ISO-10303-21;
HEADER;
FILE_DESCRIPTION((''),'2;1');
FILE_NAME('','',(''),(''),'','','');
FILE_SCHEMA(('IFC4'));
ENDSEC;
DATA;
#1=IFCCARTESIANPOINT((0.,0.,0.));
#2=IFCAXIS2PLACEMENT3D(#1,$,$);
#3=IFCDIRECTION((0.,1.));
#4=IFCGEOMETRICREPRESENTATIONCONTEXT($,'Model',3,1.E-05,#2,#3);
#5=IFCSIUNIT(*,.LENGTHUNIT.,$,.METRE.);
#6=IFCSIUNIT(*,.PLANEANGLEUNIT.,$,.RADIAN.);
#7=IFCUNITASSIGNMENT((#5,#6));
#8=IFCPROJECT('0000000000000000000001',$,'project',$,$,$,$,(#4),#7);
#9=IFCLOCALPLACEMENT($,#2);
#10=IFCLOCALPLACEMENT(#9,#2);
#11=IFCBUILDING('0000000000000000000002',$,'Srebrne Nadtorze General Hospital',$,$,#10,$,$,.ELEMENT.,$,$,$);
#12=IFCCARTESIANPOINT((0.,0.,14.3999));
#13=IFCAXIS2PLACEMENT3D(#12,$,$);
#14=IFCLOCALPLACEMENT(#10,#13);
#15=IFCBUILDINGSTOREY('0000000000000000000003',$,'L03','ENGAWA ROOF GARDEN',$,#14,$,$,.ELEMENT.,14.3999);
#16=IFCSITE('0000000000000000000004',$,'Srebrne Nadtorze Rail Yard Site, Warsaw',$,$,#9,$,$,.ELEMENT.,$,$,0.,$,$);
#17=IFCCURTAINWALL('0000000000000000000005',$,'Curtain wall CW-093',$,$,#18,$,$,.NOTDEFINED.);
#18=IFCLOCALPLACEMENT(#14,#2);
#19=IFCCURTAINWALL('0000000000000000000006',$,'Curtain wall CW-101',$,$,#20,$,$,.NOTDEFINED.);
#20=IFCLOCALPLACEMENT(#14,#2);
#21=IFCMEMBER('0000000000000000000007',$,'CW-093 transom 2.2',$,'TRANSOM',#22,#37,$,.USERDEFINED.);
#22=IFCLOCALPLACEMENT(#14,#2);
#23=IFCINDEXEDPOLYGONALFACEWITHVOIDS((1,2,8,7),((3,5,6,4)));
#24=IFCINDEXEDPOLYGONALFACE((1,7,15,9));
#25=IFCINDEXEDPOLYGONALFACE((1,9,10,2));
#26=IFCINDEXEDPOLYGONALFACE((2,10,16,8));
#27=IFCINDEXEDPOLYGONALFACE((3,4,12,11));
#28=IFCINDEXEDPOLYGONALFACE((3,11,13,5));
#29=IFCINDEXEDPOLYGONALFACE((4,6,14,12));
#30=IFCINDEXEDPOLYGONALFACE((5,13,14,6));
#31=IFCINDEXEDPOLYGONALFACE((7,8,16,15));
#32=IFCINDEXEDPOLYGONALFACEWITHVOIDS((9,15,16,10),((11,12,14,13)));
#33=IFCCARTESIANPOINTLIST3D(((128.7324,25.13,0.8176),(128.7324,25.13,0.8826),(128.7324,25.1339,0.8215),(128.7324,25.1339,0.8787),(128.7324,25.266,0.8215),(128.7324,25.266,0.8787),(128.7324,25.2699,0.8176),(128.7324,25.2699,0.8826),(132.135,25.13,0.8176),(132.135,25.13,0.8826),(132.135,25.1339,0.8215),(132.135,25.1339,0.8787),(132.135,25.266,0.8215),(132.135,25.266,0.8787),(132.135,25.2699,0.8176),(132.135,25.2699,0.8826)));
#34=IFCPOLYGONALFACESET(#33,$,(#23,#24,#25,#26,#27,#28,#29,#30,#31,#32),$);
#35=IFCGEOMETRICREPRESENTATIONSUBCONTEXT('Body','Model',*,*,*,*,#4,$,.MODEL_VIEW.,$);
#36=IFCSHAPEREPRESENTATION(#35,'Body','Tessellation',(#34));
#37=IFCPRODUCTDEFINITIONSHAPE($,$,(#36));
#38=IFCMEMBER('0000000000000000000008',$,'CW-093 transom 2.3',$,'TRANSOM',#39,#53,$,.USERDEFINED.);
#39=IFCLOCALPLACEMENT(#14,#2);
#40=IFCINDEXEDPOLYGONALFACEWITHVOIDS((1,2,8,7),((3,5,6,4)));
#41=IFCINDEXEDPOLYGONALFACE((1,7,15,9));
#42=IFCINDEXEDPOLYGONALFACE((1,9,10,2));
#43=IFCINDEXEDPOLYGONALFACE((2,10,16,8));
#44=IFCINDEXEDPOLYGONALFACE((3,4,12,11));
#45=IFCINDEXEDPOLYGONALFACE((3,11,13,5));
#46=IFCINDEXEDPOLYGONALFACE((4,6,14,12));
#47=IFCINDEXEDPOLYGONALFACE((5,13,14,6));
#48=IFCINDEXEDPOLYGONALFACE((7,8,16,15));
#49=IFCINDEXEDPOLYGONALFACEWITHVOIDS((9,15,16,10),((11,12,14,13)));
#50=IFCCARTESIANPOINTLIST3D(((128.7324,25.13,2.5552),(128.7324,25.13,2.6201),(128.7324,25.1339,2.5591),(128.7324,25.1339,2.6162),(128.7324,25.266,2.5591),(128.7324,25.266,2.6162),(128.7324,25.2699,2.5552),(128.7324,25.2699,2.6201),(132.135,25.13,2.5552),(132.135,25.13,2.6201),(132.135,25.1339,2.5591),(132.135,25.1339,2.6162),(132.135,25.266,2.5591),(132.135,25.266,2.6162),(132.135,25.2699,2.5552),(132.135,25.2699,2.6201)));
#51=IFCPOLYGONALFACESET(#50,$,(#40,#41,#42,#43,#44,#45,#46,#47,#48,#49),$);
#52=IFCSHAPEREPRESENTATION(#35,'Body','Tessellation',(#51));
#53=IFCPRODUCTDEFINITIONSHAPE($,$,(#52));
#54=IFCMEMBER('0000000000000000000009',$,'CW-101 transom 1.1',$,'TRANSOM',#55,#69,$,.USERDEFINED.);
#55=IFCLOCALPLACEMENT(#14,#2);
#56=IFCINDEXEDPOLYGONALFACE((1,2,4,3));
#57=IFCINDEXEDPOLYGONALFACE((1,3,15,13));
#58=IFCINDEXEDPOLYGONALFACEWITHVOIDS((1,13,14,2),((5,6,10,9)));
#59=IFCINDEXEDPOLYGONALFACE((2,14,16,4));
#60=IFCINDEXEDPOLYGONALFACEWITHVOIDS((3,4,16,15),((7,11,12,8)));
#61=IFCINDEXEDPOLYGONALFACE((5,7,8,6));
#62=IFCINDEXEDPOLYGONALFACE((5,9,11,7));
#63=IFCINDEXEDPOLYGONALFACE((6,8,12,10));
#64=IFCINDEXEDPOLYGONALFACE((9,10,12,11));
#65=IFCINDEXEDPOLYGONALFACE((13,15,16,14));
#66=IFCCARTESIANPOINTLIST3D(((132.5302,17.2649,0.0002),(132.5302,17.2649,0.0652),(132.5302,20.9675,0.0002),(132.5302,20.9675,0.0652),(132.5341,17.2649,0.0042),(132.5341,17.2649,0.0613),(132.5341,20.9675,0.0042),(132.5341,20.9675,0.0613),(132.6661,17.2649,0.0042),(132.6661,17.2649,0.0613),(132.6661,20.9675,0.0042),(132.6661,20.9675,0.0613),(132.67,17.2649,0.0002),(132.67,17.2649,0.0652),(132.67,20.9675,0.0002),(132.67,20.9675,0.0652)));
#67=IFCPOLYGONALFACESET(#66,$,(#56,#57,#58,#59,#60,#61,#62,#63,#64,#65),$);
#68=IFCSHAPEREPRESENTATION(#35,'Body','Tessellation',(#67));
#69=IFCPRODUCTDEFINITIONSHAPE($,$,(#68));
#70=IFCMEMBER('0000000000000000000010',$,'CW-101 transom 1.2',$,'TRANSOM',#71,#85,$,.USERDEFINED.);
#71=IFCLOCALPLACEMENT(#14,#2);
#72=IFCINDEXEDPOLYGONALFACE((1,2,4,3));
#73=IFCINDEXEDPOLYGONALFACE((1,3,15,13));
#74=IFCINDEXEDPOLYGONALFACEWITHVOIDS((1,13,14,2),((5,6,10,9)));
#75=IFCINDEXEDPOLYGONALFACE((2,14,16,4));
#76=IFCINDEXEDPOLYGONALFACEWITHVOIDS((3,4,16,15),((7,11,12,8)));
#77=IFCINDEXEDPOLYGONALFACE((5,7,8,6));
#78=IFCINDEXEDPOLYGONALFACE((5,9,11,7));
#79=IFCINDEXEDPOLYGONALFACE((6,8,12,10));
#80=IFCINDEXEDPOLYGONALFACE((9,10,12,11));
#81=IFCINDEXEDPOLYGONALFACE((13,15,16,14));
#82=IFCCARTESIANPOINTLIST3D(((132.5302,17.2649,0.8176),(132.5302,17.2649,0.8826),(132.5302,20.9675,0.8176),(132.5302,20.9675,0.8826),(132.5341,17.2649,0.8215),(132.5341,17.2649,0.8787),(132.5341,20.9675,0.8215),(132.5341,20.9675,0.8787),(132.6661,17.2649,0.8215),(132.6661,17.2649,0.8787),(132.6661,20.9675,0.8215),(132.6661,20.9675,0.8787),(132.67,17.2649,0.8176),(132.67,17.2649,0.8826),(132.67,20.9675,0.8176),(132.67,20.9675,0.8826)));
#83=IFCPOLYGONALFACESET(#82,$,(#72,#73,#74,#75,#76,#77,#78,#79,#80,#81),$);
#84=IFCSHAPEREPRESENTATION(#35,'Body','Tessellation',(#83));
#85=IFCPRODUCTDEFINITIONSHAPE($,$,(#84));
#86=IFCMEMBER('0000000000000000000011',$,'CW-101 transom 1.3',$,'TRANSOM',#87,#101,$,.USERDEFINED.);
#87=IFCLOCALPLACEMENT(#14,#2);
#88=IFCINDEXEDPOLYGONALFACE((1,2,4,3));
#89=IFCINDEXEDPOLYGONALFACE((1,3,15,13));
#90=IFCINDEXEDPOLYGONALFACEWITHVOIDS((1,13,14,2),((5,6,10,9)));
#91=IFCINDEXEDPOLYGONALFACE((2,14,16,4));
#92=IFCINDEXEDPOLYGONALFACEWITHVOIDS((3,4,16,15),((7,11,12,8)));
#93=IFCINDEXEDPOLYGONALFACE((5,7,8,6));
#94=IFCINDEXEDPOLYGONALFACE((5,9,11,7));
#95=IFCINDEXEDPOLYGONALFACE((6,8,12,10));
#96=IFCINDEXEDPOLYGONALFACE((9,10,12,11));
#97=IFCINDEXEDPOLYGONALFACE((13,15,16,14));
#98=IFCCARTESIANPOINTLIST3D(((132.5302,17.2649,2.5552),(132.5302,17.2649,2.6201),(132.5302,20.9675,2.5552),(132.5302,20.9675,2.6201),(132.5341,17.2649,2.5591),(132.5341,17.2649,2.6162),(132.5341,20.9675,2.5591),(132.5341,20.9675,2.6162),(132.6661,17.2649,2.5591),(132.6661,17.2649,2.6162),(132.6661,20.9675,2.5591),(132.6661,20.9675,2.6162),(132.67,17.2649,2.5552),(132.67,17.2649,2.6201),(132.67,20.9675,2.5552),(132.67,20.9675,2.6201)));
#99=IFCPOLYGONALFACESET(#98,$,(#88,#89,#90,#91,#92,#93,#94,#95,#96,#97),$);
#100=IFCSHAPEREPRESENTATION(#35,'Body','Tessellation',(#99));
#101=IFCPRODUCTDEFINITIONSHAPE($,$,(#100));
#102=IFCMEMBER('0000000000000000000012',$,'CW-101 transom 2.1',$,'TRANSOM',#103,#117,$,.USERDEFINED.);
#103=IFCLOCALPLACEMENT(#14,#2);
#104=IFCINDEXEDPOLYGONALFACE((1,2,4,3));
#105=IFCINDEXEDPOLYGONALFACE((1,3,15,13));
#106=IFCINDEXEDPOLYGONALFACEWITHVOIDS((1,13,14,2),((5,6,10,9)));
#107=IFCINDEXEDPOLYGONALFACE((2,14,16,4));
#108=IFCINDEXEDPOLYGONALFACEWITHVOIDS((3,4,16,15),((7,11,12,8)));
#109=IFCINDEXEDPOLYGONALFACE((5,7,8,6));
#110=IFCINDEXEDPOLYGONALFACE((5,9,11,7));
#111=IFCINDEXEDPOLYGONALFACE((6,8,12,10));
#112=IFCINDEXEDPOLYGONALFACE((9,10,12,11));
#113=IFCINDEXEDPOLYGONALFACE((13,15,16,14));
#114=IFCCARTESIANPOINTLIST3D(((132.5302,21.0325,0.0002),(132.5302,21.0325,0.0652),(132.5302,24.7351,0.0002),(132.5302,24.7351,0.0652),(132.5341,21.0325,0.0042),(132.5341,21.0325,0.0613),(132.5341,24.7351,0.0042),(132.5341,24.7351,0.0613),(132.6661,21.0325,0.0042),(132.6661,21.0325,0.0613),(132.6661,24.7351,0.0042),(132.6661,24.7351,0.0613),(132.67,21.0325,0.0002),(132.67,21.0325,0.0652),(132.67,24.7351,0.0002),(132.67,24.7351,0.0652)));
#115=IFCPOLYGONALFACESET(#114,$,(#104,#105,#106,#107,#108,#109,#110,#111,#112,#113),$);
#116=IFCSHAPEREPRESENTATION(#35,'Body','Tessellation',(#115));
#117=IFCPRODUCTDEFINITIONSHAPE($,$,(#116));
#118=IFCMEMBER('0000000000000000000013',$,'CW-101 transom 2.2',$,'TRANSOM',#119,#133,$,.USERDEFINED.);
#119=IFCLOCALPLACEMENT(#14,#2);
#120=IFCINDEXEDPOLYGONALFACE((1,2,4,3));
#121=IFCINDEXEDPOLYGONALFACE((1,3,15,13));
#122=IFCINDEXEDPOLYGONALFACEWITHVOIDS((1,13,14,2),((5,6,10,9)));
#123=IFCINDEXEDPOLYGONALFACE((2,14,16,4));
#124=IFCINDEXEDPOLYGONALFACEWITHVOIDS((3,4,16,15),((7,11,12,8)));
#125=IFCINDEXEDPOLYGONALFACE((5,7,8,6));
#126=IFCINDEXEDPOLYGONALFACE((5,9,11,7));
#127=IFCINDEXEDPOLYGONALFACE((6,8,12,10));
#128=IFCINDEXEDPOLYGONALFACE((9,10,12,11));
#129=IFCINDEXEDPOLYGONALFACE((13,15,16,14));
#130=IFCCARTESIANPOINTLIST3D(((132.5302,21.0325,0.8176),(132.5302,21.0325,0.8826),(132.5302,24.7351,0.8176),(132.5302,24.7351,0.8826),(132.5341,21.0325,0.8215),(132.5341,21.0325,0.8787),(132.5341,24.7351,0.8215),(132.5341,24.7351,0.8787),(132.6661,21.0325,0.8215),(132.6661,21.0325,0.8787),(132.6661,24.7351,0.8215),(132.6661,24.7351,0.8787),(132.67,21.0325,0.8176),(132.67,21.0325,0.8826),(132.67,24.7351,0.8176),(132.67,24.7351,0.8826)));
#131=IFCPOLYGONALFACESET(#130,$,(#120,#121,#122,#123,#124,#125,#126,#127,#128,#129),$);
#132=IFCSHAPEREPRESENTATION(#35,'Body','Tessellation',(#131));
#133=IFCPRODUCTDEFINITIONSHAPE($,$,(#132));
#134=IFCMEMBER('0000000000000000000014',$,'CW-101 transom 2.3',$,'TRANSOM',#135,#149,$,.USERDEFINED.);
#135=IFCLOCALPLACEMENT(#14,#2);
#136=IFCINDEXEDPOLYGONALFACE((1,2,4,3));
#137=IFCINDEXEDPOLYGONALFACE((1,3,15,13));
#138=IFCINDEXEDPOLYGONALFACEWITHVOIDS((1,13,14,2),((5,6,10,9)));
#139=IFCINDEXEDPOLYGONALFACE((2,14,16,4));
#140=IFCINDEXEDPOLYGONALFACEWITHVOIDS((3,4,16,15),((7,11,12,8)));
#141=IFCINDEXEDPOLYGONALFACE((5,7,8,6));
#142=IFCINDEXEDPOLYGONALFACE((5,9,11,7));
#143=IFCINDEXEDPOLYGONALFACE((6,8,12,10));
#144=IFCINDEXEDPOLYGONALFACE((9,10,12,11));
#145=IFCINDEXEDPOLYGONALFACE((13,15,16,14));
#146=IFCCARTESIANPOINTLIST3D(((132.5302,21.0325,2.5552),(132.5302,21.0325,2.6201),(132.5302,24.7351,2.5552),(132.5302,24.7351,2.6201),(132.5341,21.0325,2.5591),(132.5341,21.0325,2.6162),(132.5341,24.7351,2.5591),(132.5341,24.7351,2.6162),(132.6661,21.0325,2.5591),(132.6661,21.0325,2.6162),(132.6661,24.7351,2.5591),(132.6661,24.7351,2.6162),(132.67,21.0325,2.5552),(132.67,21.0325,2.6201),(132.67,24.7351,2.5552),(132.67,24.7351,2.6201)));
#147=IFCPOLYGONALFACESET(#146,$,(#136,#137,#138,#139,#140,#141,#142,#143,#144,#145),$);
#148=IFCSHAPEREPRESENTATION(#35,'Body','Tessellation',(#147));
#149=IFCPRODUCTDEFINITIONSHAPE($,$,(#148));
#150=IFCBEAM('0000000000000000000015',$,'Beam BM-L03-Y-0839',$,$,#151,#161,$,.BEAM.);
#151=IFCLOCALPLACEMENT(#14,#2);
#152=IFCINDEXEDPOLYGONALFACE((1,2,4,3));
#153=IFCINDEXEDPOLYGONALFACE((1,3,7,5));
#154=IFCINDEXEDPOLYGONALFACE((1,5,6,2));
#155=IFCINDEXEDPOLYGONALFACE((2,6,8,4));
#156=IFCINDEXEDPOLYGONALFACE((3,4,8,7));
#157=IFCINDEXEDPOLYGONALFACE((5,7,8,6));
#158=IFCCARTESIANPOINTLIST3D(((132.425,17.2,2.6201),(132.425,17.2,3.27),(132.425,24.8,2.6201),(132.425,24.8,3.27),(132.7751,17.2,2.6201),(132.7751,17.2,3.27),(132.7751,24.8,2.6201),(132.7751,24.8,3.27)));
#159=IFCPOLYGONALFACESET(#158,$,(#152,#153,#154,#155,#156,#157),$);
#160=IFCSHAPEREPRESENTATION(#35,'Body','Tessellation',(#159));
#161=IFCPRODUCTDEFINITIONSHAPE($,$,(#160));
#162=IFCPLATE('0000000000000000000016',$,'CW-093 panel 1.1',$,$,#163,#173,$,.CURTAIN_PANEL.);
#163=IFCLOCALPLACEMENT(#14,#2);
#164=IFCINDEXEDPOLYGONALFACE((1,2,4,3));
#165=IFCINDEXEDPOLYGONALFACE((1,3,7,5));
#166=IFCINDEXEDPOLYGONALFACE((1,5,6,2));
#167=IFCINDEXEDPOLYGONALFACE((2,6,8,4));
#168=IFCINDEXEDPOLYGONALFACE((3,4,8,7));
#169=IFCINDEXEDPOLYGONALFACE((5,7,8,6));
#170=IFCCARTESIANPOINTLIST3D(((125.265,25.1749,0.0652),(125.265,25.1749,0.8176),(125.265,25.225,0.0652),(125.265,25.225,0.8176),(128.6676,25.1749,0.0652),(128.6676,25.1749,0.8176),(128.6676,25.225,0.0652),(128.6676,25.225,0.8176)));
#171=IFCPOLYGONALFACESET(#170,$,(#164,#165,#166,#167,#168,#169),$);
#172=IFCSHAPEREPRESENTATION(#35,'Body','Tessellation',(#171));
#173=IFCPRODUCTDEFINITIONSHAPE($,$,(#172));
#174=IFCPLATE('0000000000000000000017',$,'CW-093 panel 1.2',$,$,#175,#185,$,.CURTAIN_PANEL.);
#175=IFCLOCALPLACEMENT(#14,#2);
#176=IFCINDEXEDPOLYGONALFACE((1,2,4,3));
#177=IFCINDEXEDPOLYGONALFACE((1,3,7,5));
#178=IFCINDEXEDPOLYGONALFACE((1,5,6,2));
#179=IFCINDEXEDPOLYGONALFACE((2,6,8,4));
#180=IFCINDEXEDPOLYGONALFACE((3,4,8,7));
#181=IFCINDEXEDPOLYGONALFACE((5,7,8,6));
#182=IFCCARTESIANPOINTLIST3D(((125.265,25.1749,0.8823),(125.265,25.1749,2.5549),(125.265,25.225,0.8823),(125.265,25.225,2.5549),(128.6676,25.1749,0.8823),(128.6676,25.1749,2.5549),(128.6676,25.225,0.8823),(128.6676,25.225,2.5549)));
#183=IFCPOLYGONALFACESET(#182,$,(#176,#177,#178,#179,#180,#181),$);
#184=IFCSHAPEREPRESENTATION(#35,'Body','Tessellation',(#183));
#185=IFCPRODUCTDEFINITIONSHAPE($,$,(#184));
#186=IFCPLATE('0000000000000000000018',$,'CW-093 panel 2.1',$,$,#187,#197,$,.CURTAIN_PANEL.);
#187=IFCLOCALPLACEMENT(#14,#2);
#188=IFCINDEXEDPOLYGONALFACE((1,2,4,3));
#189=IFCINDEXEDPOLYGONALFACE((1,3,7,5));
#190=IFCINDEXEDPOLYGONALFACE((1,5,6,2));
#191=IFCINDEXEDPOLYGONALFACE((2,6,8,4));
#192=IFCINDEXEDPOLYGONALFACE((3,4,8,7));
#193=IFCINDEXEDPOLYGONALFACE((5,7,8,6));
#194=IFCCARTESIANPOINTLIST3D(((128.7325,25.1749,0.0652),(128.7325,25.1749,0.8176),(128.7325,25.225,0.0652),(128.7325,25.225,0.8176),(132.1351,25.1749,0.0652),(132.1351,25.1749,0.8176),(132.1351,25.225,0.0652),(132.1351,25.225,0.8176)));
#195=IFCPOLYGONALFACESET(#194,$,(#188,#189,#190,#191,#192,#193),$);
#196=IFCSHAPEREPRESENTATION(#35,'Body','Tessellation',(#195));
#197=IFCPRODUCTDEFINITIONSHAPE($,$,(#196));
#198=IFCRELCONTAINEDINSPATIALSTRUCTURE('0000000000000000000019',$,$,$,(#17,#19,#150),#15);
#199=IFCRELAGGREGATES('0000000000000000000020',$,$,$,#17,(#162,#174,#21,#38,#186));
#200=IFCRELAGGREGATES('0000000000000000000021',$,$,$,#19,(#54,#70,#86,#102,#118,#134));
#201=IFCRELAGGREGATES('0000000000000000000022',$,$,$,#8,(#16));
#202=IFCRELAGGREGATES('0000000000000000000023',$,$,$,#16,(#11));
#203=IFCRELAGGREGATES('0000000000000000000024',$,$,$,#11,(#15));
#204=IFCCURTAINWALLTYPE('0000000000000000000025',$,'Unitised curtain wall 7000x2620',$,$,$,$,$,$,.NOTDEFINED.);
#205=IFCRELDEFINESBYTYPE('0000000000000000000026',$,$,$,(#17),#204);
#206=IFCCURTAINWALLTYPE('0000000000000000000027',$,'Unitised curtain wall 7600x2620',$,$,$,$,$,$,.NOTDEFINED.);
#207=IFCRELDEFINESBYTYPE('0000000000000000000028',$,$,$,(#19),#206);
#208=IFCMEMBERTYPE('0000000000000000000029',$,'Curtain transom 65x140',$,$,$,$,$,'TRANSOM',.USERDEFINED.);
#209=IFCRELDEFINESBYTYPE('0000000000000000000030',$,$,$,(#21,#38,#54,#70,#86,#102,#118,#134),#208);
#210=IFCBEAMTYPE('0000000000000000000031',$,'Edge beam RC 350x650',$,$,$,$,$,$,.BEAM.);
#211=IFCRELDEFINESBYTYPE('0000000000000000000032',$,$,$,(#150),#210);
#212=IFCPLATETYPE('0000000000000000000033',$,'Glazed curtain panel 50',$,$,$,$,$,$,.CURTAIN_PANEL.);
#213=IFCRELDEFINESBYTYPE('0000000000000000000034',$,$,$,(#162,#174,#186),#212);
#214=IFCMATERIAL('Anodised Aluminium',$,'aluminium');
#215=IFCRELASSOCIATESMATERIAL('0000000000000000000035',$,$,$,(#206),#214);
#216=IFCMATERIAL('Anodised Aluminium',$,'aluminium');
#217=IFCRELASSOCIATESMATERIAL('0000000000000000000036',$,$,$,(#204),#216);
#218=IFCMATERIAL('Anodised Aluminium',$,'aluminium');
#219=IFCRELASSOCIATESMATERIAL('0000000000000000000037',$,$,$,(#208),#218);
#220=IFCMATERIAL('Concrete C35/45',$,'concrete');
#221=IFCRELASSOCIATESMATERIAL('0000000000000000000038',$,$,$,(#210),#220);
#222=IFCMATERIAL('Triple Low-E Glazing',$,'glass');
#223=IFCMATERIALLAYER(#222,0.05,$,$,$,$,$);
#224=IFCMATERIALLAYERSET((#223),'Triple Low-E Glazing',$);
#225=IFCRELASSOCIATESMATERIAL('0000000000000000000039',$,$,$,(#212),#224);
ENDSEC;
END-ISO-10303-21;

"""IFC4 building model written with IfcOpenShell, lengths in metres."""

from ifc_helpers import new_model, si_unit, direction, frame, origin, origin_2d, place, context, subcontext, project, spatial, rectangle, hollow_rectangle, extrude, material, layer, layer_set, material_profile, profile_set, type_object, element, aggregate, save


model = new_model("IFC4")

# Units and contexts
model_context = context("Model", 3, precision=1e-05, world=origin(), true_north=direction((0.0, 1.0)))
body_context = subcontext(model_context, "Body", "Model", "MODEL_VIEW")
ifc_project = project(units=[si_unit("LENGTHUNIT", "METRE"), si_unit("PLANEANGLEUNIT", "RADIAN")], contexts=[model_context])

# Site, building, storey
site_placement = place(None, origin())
site = spatial("IfcSite", under=ifc_project, at=site_placement, Name="Srebrne Nadtorze Rail Yard Site, Warsaw", CompositionType="ELEMENT", RefElevation=0.0)
building_placement = place(site_placement, origin())
building = spatial("IfcBuilding", under=site, at=building_placement, Name="Srebrne Nadtorze General Hospital", CompositionType="ELEMENT")
storey_placement = place(building_placement, frame((0.0, 0.0, 14.3999)))
storey = spatial("IfcBuildingStorey", under=building, at=storey_placement, Name="L03", Description="ENGAWA ROOF GARDEN", CompositionType="ELEMENT", Elevation=14.3999)

# Shared definitions
ifc_material_1 = material(Name="Anodised Aluminium", Category="aluminium")
curtain_wall_type_1 = type_object("IfcCurtainWallType", Name="Unitised curtain wall 7600x2620", PredefinedType="NOTDEFINED", material=ifc_material_1)

# Curtain walls
ifc_material_2 = material(Name="Anodised Aluminium", Category="aluminium")
curtain_wall_type_2 = type_object("IfcCurtainWallType", Name="Unitised curtain wall 7000x2620", PredefinedType="NOTDEFINED", material=ifc_material_2)
curtain_wall_1_placement = place(storey_placement, origin())
curtain_wall_1 = element("IfcCurtainWall", 1, at=curtain_wall_1_placement, inside=storey, type_object=curtain_wall_type_2, Name="Curtain wall CW-093", PredefinedType="NOTDEFINED")
curtain_wall_2_placement = place(storey_placement, origin())
curtain_wall_2 = element("IfcCurtainWall", 2, at=curtain_wall_2_placement, inside=storey, type_object=curtain_wall_type_1, Name="Curtain wall CW-101", PredefinedType="NOTDEFINED")

# Members
ifc_material_3 = material(Name="Anodised Aluminium", Category="aluminium")
ifc_material_profile_1 = material_profile(ifc_material_3, hollow_rectangle(XDim=0.0649, YDim=0.1399, WallThickness=0.0039, at=origin_2d()), Name="AL-TRN-65x140")
ifc_profile_set_1 = profile_set([ifc_material_profile_1], Name="Anodised Aluminium")
member_type_1 = type_object("IfcMemberType", Name="Curtain transom 65x140", ElementType="TRANSOM", PredefinedType="USERDEFINED", material=ifc_profile_set_1)
member_1_placement = place(storey_placement, frame((128.7324, 25.2, 0.8501), z_axis=(1.0, 0.0, 0.0), x_axis=(0.0, 0.0, 1.0)))
member_1 = element("IfcMember", 3, at=member_1_placement, type_object=member_type_1, Name="CW-093 transom 2.2", ObjectType="TRANSOM", PredefinedType="USERDEFINED", context=body_context, shape_type="SweptSolid", body=[
    extrude(hollow_rectangle(XDim=0.0649, YDim=0.1399, WallThickness=0.0039, at=origin_2d()), origin(), (0.0, 0.0, 1.0), 3.4026),
])
member_2_placement = place(storey_placement, frame((128.7324, 25.2, 2.5876), z_axis=(1.0, 0.0, 0.0), x_axis=(0.0, 0.0, 1.0)))
member_2 = element("IfcMember", 4, at=member_2_placement, type_object=member_type_1, Name="CW-093 transom 2.3", ObjectType="TRANSOM", PredefinedType="USERDEFINED", context=body_context, shape_type="SweptSolid", body=[
    extrude(hollow_rectangle(XDim=0.0649, YDim=0.1399, WallThickness=0.0039, at=origin_2d()), origin(), (0.0, 0.0, 1.0), 3.4026),
])
member_3_placement = place(storey_placement, frame((132.6001, 17.2649, 0.0327), z_axis=(0.0, 1.0, 0.0), x_axis=(0.0, 0.0, 1.0)))
member_3 = element("IfcMember", 5, at=member_3_placement, type_object=member_type_1, Name="CW-101 transom 1.1", ObjectType="TRANSOM", PredefinedType="USERDEFINED", context=body_context, shape_type="SweptSolid", body=[
    extrude(hollow_rectangle(XDim=0.0649, YDim=0.1399, WallThickness=0.0039, at=origin_2d()), origin(), (0.0, 0.0, 1.0), 3.7026),
])
member_4_placement = place(storey_placement, frame((132.6001, 17.2649, 0.8501), z_axis=(0.0, 1.0, 0.0), x_axis=(0.0, 0.0, 1.0)))
member_4 = element("IfcMember", 6, at=member_4_placement, type_object=member_type_1, Name="CW-101 transom 1.2", ObjectType="TRANSOM", PredefinedType="USERDEFINED", context=body_context, shape_type="SweptSolid", body=[
    extrude(hollow_rectangle(XDim=0.0649, YDim=0.1399, WallThickness=0.0039, at=origin_2d()), origin(), (0.0, 0.0, 1.0), 3.7026),
])
member_5_placement = place(storey_placement, frame((132.6001, 17.2649, 2.5876), z_axis=(0.0, 1.0, 0.0), x_axis=(0.0, 0.0, 1.0)))
member_5 = element("IfcMember", 7, at=member_5_placement, type_object=member_type_1, Name="CW-101 transom 1.3", ObjectType="TRANSOM", PredefinedType="USERDEFINED", context=body_context, shape_type="SweptSolid", body=[
    extrude(hollow_rectangle(XDim=0.0649, YDim=0.1399, WallThickness=0.0039, at=origin_2d()), origin(), (0.0, 0.0, 1.0), 3.7026),
])
member_6_placement = place(storey_placement, frame((132.6001, 21.0325, 0.0327), z_axis=(0.0, 1.0, 0.0), x_axis=(0.0, 0.0, 1.0)))
member_6 = element("IfcMember", 8, at=member_6_placement, type_object=member_type_1, Name="CW-101 transom 2.1", ObjectType="TRANSOM", PredefinedType="USERDEFINED", context=body_context, shape_type="SweptSolid", body=[
    extrude(hollow_rectangle(XDim=0.0649, YDim=0.1399, WallThickness=0.0039, at=origin_2d()), origin(), (0.0, 0.0, 1.0), 3.7026),
])
member_7_placement = place(storey_placement, frame((132.6001, 21.0325, 0.8501), z_axis=(0.0, 1.0, 0.0), x_axis=(0.0, 0.0, 1.0)))
member_7 = element("IfcMember", 9, at=member_7_placement, type_object=member_type_1, Name="CW-101 transom 2.2", ObjectType="TRANSOM", PredefinedType="USERDEFINED", context=body_context, shape_type="SweptSolid", body=[
    extrude(hollow_rectangle(XDim=0.0649, YDim=0.1399, WallThickness=0.0039, at=origin_2d()), origin(), (0.0, 0.0, 1.0), 3.7026),
])
member_8_placement = place(storey_placement, frame((132.6001, 21.0325, 2.5876), z_axis=(0.0, 1.0, 0.0), x_axis=(0.0, 0.0, 1.0)))
member_8 = element("IfcMember", 10, at=member_8_placement, type_object=member_type_1, Name="CW-101 transom 2.3", ObjectType="TRANSOM", PredefinedType="USERDEFINED", context=body_context, shape_type="SweptSolid", body=[
    extrude(hollow_rectangle(XDim=0.0649, YDim=0.1399, WallThickness=0.0039, at=origin_2d()), origin(), (0.0, 0.0, 1.0), 3.7026),
])

# Beam
ifc_material_4 = material(Name="Concrete C35/45", Category="concrete")
ifc_material_profile_2 = material_profile(ifc_material_4, rectangle(XDim=0.3501, YDim=0.6499, at=origin_2d()), Name="RC-BM-350x650")
ifc_profile_set_2 = profile_set([ifc_material_profile_2], Name="Concrete C35/45")
beam_type = type_object("IfcBeamType", Name="Edge beam RC 350x650", PredefinedType="BEAM", material=ifc_profile_set_2)
beam_placement = place(storey_placement, frame((132.6001, 17.2, 2.9451), z_axis=(0.0, 1.0, 0.0), x_axis=(-1.0, 0.0, 0.0)))
element("IfcBeam", 11, at=beam_placement, inside=storey, type_object=beam_type, Name="Beam BM-L03-Y-0839", PredefinedType="BEAM", context=body_context, shape_type="SweptSolid", body=[
    extrude(rectangle(XDim=0.3501, YDim=0.6499, at=origin_2d()), origin(), (0.0, 0.0, 1.0), 7.6001),
])

# Plates
ifc_material_5 = material(Name="Triple Low-E Glazing", Category="glass")
ifc_layer_1 = layer(ifc_material_5, 0.05)
ifc_layer_set_1 = layer_set([ifc_layer_1], Name="Triple Low-E Glazing")
plate_type = type_object("IfcPlateType", Name="Glazed curtain panel 50", PredefinedType="CURTAIN_PANEL", material=ifc_layer_set_1)
plate_1_placement = place(storey_placement, frame((126.9663, 25.2, 0.0652), z_axis=(0.0, 0.0, 1.0), x_axis=(1.0, 0.0, 0.0)))
plate_1 = element("IfcPlate", 12, at=plate_1_placement, type_object=plate_type, Name="CW-093 panel 1.1", PredefinedType="CURTAIN_PANEL", context=body_context, shape_type="SweptSolid", body=[
    extrude(rectangle(XDim=3.4026, YDim=0.05, at=origin_2d()), origin(), (0.0, 0.0, 1.0), 0.7524),
])
plate_2_placement = place(storey_placement, frame((126.9663, 25.2, 0.8823), z_axis=(0.0, 0.0, 1.0), x_axis=(1.0, 0.0, 0.0)))
plate_2 = element("IfcPlate", 13, at=plate_2_placement, type_object=plate_type, Name="CW-093 panel 1.2", PredefinedType="CURTAIN_PANEL", context=body_context, shape_type="SweptSolid", body=[
    extrude(rectangle(XDim=3.4026, YDim=0.05, at=origin_2d()), origin(), (0.0, 0.0, 1.0), 1.6726),
])
plate_3_placement = place(storey_placement, frame((130.4338, 25.2, 0.0652), z_axis=(0.0, 0.0, 1.0), x_axis=(1.0, 0.0, 0.0)))
plate_3 = element("IfcPlate", 14, at=plate_3_placement, type_object=plate_type, Name="CW-093 panel 2.1", PredefinedType="CURTAIN_PANEL", context=body_context, shape_type="SweptSolid", body=[
    extrude(rectangle(XDim=3.4026, YDim=0.05, at=origin_2d()), origin(), (0.0, 0.0, 1.0), 0.7524),
])
aggregate(curtain_wall_1, [plate_1, plate_2, member_1, member_2, plate_3])
aggregate(curtain_wall_2, [member_3, member_4, member_5, member_6, member_7, member_8])

save(model, "model.ifc")
